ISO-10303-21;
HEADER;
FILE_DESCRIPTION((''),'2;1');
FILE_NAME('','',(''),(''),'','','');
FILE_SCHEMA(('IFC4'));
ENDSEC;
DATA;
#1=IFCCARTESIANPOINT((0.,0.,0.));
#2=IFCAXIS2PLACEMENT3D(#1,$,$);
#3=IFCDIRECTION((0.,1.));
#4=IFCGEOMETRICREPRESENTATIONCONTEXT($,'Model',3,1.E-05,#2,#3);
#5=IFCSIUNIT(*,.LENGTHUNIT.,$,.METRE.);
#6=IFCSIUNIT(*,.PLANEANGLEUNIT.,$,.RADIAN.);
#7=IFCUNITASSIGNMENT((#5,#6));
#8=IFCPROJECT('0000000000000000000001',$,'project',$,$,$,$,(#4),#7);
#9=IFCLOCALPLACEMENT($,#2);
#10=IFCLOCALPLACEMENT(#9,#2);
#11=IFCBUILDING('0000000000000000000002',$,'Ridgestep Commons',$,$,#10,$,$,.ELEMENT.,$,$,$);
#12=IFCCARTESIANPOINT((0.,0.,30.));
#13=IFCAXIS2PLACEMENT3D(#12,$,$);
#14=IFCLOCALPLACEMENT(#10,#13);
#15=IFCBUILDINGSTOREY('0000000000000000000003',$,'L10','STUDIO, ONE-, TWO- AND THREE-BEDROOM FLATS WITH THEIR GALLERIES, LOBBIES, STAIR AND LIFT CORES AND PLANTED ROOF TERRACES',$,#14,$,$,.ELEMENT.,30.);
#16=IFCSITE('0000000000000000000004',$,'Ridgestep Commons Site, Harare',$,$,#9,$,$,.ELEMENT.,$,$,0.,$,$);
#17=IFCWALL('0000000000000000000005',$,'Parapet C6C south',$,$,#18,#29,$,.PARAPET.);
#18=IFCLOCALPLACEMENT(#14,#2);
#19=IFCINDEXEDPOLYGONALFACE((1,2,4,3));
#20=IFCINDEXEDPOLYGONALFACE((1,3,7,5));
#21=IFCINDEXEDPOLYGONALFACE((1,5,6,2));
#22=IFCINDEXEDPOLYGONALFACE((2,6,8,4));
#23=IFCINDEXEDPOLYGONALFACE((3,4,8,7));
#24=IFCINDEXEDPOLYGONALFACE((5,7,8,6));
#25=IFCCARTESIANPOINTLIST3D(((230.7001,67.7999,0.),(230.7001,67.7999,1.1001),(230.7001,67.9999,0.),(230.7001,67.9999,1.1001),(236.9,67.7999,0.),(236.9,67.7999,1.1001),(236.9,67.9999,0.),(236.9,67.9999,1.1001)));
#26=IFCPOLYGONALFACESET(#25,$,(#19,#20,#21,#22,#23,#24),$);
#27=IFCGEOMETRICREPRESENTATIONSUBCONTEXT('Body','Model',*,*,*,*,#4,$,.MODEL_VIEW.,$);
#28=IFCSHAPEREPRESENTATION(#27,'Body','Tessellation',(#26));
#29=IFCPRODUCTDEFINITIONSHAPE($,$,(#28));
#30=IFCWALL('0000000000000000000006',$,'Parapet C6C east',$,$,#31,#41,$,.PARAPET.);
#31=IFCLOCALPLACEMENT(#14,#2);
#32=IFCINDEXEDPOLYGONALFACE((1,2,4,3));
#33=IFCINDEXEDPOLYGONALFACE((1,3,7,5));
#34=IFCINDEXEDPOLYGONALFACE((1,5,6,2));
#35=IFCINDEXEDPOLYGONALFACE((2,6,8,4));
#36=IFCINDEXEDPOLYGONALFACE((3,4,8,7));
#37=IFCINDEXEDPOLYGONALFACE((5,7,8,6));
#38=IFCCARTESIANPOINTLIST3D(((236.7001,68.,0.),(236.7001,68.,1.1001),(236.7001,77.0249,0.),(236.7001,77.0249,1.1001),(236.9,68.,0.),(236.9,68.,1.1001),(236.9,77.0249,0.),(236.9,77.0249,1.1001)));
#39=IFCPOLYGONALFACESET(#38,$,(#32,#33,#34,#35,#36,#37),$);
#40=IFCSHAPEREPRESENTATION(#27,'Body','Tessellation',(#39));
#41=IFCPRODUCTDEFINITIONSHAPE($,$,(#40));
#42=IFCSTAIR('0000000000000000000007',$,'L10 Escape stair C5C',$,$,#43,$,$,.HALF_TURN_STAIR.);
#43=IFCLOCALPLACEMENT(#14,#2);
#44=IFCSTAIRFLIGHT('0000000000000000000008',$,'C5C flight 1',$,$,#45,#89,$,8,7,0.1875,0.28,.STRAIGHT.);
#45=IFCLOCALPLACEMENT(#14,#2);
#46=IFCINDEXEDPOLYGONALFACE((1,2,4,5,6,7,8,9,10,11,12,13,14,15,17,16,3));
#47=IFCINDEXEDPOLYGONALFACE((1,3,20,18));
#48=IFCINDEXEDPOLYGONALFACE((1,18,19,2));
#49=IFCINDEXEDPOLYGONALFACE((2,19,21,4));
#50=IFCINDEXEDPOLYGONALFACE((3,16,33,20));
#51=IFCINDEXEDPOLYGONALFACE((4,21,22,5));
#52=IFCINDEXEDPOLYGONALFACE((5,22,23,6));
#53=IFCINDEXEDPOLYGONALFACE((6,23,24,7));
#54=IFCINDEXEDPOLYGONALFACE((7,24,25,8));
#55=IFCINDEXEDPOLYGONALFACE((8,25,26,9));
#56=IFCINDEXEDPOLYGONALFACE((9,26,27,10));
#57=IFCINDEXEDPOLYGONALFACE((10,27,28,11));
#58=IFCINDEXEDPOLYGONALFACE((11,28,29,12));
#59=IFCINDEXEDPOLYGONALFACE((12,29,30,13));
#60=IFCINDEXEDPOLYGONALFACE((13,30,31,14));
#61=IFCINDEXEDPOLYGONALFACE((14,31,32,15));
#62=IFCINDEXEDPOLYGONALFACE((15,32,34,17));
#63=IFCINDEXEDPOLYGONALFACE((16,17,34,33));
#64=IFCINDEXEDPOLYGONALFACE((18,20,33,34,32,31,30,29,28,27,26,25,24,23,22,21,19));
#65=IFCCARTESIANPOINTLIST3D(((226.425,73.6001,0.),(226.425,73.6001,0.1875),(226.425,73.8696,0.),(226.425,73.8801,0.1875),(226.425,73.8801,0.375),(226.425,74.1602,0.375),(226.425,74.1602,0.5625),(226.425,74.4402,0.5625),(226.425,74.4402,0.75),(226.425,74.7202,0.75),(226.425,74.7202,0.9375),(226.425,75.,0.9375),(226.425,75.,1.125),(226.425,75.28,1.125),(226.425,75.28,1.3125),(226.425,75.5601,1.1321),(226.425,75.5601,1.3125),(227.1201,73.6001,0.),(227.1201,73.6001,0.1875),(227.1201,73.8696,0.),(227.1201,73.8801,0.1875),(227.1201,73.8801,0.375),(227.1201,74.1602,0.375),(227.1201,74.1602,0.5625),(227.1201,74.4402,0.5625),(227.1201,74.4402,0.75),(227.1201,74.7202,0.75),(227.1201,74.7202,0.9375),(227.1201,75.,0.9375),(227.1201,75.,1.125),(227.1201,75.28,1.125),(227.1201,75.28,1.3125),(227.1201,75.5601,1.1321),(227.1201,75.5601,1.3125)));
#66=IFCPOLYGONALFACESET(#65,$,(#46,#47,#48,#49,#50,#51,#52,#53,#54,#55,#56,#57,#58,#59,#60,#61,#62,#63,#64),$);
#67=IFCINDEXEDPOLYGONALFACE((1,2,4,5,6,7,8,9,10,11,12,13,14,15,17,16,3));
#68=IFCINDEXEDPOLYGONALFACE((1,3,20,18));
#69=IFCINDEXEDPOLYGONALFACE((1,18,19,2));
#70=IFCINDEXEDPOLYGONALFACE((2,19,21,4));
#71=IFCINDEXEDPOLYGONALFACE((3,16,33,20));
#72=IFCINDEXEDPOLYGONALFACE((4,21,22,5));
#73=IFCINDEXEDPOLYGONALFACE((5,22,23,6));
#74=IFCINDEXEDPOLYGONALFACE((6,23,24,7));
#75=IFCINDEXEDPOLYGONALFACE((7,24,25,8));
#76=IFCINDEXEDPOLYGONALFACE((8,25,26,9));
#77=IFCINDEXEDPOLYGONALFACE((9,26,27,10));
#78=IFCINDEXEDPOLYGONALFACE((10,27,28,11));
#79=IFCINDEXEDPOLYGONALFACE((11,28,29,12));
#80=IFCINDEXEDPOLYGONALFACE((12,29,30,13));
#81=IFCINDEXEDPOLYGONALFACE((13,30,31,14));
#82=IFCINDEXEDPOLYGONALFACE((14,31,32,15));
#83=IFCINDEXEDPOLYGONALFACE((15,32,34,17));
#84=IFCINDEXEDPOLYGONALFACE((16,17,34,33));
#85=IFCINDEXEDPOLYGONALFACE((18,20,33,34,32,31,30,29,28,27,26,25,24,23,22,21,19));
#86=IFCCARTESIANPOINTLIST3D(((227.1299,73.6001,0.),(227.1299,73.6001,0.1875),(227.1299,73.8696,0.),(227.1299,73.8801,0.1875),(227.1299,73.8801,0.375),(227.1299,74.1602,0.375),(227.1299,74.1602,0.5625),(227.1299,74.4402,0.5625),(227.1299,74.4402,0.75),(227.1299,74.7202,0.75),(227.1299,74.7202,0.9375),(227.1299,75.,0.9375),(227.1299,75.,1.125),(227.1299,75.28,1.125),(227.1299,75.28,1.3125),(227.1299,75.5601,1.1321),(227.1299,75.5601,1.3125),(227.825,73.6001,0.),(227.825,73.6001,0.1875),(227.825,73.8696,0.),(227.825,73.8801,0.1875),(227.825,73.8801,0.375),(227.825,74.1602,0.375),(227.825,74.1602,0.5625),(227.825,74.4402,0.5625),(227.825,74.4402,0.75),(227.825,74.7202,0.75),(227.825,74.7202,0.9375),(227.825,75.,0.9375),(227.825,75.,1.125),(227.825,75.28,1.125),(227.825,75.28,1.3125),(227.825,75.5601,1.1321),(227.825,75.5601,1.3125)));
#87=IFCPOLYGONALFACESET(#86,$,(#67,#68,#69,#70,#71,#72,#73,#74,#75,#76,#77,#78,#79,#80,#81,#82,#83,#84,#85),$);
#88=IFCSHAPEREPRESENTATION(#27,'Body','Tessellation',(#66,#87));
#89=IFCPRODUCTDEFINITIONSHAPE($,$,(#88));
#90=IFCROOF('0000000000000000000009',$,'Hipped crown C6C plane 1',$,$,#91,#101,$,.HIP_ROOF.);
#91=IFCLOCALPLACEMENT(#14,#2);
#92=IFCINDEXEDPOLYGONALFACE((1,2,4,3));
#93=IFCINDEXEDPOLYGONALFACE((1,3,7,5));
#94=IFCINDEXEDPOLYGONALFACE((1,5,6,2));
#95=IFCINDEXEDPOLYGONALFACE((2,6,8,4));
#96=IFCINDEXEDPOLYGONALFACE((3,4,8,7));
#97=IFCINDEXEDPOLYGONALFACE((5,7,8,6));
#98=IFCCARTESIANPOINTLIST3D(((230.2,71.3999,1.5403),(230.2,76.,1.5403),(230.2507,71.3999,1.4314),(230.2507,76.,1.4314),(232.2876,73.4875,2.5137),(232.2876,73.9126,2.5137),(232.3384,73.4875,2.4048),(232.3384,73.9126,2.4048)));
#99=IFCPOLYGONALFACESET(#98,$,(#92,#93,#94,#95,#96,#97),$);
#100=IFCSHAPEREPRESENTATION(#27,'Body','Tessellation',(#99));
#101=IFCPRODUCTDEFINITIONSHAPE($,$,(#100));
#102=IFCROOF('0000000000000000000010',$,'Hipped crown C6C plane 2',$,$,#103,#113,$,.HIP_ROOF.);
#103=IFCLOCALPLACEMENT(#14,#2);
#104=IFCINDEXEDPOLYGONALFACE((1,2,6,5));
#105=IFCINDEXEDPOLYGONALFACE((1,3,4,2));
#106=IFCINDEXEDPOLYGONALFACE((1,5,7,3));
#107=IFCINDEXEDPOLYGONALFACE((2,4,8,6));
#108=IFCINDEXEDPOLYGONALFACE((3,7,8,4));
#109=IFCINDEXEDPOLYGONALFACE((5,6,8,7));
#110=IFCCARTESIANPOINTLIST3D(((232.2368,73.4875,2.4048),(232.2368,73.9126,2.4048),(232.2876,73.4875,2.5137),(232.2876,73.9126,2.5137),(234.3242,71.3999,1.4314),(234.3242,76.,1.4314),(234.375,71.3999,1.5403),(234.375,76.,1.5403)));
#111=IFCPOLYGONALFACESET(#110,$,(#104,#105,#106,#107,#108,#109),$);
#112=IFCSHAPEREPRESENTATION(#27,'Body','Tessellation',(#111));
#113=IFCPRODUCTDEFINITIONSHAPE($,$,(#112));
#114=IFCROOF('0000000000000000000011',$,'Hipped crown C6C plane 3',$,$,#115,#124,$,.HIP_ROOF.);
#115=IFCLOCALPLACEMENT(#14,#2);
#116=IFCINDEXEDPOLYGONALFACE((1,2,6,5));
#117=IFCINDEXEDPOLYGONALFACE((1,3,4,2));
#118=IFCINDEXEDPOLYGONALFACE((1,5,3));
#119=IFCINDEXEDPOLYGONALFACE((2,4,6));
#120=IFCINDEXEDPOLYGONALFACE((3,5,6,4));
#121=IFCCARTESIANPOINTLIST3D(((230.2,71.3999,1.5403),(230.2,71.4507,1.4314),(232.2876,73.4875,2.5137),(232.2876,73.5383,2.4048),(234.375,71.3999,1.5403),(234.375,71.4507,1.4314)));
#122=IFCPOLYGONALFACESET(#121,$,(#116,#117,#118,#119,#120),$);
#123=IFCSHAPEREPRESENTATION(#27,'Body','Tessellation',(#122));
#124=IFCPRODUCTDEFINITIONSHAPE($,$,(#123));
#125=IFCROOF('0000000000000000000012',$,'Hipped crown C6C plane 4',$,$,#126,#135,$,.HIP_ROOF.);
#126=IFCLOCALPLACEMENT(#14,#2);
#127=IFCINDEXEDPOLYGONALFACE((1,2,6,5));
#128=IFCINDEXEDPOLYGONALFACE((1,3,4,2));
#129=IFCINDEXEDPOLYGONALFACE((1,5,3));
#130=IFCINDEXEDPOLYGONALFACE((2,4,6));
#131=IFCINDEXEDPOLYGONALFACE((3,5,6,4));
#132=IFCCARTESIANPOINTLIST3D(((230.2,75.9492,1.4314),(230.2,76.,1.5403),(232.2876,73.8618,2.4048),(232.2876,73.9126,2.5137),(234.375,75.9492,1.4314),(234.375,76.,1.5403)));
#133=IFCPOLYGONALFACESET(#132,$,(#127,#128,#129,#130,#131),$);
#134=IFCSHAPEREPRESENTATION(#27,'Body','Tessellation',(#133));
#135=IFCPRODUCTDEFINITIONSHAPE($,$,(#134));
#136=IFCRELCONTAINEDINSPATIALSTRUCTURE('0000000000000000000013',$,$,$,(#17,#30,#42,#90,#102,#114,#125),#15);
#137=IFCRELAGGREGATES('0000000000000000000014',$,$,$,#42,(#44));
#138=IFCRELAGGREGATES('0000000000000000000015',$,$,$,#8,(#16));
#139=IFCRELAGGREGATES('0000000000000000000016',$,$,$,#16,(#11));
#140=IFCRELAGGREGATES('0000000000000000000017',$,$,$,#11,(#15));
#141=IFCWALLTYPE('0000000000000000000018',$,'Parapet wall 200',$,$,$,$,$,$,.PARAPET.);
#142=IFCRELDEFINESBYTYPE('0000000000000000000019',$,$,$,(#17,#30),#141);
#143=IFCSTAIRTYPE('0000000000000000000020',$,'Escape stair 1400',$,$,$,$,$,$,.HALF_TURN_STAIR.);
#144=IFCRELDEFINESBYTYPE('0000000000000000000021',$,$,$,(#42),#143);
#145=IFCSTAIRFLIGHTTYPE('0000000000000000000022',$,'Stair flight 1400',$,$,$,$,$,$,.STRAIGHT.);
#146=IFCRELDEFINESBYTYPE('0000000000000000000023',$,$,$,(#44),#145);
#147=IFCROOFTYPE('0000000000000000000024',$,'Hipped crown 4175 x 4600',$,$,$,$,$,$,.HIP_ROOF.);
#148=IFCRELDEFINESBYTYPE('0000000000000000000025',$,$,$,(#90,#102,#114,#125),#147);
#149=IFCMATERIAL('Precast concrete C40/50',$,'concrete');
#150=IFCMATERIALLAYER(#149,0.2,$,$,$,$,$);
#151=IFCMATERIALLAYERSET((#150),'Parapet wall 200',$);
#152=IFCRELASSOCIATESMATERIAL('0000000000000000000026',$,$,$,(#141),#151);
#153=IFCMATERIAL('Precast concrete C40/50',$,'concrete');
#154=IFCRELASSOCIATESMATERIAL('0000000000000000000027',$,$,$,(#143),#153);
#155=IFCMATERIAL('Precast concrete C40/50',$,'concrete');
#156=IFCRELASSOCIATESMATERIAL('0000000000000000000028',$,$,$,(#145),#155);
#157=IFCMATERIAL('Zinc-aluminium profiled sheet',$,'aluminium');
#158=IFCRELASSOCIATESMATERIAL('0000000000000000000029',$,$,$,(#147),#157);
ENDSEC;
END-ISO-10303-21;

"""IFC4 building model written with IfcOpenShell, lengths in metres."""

from ifc_helpers import new_model, si_unit, direction, frame, frame_2d, origin, place, context, subcontext, project, spatial, polyline, rectangle, outline, extrude, material, layer, layer_set, type_object, element, aggregate, save


model = new_model("IFC4")

# Units and contexts
model_context = context("Model", 3, precision=1e-05, world=origin(), true_north=direction((0.0, 1.0)))
body_context = subcontext(model_context, "Body", "Model", "MODEL_VIEW")
ifc_project = project(units=[si_unit("LENGTHUNIT", "METRE"), si_unit("PLANEANGLEUNIT", "RADIAN")], contexts=[model_context])

# Site, building, storey
site_placement = place(None, origin())
site = spatial("IfcSite", under=ifc_project, at=site_placement, Name="Ridgestep Commons Site, Harare", CompositionType="ELEMENT", RefElevation=0.0)
building_placement = place(site_placement, origin())
building = spatial("IfcBuilding", under=site, at=building_placement, Name="Ridgestep Commons", CompositionType="ELEMENT")
storey_placement = place(building_placement, frame((0.0, 0.0, 30.0)))
storey = spatial("IfcBuildingStorey", under=building, at=storey_placement, Name="L10", Description="STUDIO, ONE-, TWO- AND THREE-BEDROOM FLATS WITH THEIR GALLERIES, LOBBIES, STAIR AND LIFT CORES AND PLANTED ROOF TERRACES", CompositionType="ELEMENT", Elevation=30.0)

# Walls
ifc_material_1 = material(Name="Precast concrete C40/50", Category="concrete")
ifc_layer_1 = layer(ifc_material_1, 0.2)
ifc_layer_set_1 = layer_set([ifc_layer_1], Name="Parapet wall 200")
wall_type_1 = type_object("IfcWallType", Name="Parapet wall 200", PredefinedType="PARAPET", material=ifc_layer_set_1)
for number, where, z_axis, x_axis, name in (
    (1, (230.7, 67.8999, 0.0), (0.0, 0.0, 1.0), (1.0, 0.0, 0.0), "Parapet C6C south"),
):
    element("IfcWall", number, at=place(storey_placement, frame(where, z_axis=z_axis, x_axis=x_axis)), inside=storey, type_object=wall_type_1, Name=name, PredefinedType="PARAPET", context=body_context, shape_type="SweptSolid", body=[
        extrude(rectangle(XDim=6.2, YDim=0.2, at=frame_2d((3.1001, 0.0))), origin(), (0.0, 0.0, 1.0), 1.1001),
    ])
wall_1_placement = place(storey_placement, frame((236.8, 68.0, 0.0), z_axis=(0.0, 0.0, 1.0), x_axis=(0.0, 1.0, 0.0)))
element("IfcWall", 2, at=wall_1_placement, inside=storey, type_object=wall_type_1, Name="Parapet C6C east", PredefinedType="PARAPET", context=body_context, shape_type="SweptSolid", body=[
    extrude(rectangle(XDim=9.0249, YDim=0.2, at=frame_2d((4.5125, 0.0))), origin(), (0.0, 0.0, 1.0), 1.1001),
])

# Stair, stair flight
ifc_material_2 = material(Name="Precast concrete C40/50", Category="concrete")
stair_type = type_object("IfcStairType", Name="Escape stair 1400", PredefinedType="HALF_TURN_STAIR", material=ifc_material_2)
stair_placement = place(storey_placement, origin())
stair = element("IfcStair", 3, at=stair_placement, inside=storey, type_object=stair_type, Name="L10 Escape stair C5C", PredefinedType="HALF_TURN_STAIR")
ifc_material_3 = material(Name="Precast concrete C40/50", Category="concrete")
stair_flight_type = type_object("IfcStairFlightType", Name="Stair flight 1400", PredefinedType="STRAIGHT", material=ifc_material_3)
stair_flight_placement = place(storey_placement, frame((227.125, 73.6001, 0.0), z_axis=(0.0, 0.0, 1.0), x_axis=(0.0, 1.0, 0.0)))
stair_flight = element("IfcStairFlight", 4, at=stair_flight_placement, type_object=stair_flight_type, Name="C5C flight 1", NumberOfRisers=8, NumberOfTreads=7, PredefinedType="STRAIGHT", RiserHeight=0.1875, TreadLength=0.28, context=body_context, shape_type="SweptSolid", body=[
    extrude(outline(polyline([(0.0, 0.0), (0.0, 0.1875), (0.28, 0.1875), (0.28, 0.375), (0.5601, 0.375), (0.5601, 0.5625), (0.8401, 0.5625), (0.8401, 0.75), (1.1201, 0.75), (1.1201, 0.9375), (1.3999, 0.9375), (1.3999, 1.125), (1.6799, 1.125), (1.6799, 1.3125), (1.96, 1.3125), (1.96, 1.5), (1.96, 1.1321), (0.2695, 0.0), (0.0, 0.0)])), frame((0.0, 0.7, 0.0), z_axis=(0.0, -1.0, 0.0), x_axis=(1.0, 0.0, 0.0)), (0.0, 0.0, 1.0), 0.6951),
    extrude(outline(polyline([(0.0, 0.0), (0.0, 0.1875), (0.28, 0.1875), (0.28, 0.375), (0.5601, 0.375), (0.5601, 0.5625), (0.8401, 0.5625), (0.8401, 0.75), (1.1201, 0.75), (1.1201, 0.9375), (1.3999, 0.9375), (1.3999, 1.125), (1.6799, 1.125), (1.6799, 1.3125), (1.96, 1.3125), (1.96, 1.5), (1.96, 1.1321), (0.2695, 0.0), (0.0, 0.0)])), frame((0.0, -0.0049, 0.0), z_axis=(0.0, -1.0, 0.0), x_axis=(1.0, 0.0, 0.0)), (0.0, 0.0, 1.0), 0.6951),
])
aggregate(stair, [stair_flight])

# Roofs
ifc_material_4 = material(Name="Zinc-aluminium profiled sheet", Category="aluminium")
roof_type = type_object("IfcRoofType", Name="Hipped crown 4175 x 4600", PredefinedType="HIP_ROOF", material=ifc_material_4)
roof_1_placement = place(storey_placement, frame((230.2, 71.3999, 1.5403), z_axis=(-0.422584, 0.0, 0.906324), x_axis=(0.0, 1.0, 0.0)))
element("IfcRoof", 5, at=roof_1_placement, inside=storey, type_object=roof_type, Name="Hipped crown C6C plane 1", PredefinedType="HIP_ROOF", context=body_context, shape_type="SweptSolid", body=[
    extrude(outline(polyline([(0.0, 0.0), (4.6001, 0.0), (2.5127, -2.3034), (2.0876, -2.3034), (0.0, 0.0)])), origin(), (0.0, 0.0, -1.0), 0.1201),
])
roof_2_placement = place(storey_placement, frame((234.375, 76.0, 1.5403), z_axis=(0.422624, 0.0, 0.906305), x_axis=(0.0, -1.0, 0.0)))
element("IfcRoof", 6, at=roof_2_placement, inside=storey, type_object=roof_type, Name="Hipped crown C6C plane 2", PredefinedType="HIP_ROOF", context=body_context, shape_type="SweptSolid", body=[
    extrude(outline(polyline([(0.0, 0.0), (4.6001, 0.0), (2.5125, -2.3032), (2.0874, -2.3032), (0.0, 0.0)])), origin(), (0.0, 0.0, -1.0), 0.1201),
])
roof_3_placement = place(storey_placement, frame((234.375, 71.3999, 1.5403), z_axis=(0.0, -0.422584, 0.906324), x_axis=(-1.0, 0.0, 0.0)))
element("IfcRoof", 7, at=roof_3_placement, inside=storey, type_object=roof_type, Name="Hipped crown C6C plane 3", PredefinedType="HIP_ROOF", context=body_context, shape_type="SweptSolid", body=[
    extrude(outline(polyline([(0.0, 0.0), (4.175, 0.0), (2.0874, -2.3034), (0.0, 0.0)])), origin(), (0.0, 0.0, -1.0), 0.1201),
])
roof_4_placement = place(storey_placement, frame((230.2, 76.0, 1.5403), z_axis=(0.0, 0.422624, 0.906305), x_axis=(1.0, 0.0, 0.0)))
element("IfcRoof", 8, at=roof_4_placement, inside=storey, type_object=roof_type, Name="Hipped crown C6C plane 4", PredefinedType="HIP_ROOF", context=body_context, shape_type="SweptSolid", body=[
    extrude(outline(polyline([(0.0, 0.0), (4.175, 0.0), (2.0876, -2.3032), (0.0, 0.0)])), origin(), (0.0, 0.0, -1.0), 0.1201),
])

save(model, "model.ifc")
